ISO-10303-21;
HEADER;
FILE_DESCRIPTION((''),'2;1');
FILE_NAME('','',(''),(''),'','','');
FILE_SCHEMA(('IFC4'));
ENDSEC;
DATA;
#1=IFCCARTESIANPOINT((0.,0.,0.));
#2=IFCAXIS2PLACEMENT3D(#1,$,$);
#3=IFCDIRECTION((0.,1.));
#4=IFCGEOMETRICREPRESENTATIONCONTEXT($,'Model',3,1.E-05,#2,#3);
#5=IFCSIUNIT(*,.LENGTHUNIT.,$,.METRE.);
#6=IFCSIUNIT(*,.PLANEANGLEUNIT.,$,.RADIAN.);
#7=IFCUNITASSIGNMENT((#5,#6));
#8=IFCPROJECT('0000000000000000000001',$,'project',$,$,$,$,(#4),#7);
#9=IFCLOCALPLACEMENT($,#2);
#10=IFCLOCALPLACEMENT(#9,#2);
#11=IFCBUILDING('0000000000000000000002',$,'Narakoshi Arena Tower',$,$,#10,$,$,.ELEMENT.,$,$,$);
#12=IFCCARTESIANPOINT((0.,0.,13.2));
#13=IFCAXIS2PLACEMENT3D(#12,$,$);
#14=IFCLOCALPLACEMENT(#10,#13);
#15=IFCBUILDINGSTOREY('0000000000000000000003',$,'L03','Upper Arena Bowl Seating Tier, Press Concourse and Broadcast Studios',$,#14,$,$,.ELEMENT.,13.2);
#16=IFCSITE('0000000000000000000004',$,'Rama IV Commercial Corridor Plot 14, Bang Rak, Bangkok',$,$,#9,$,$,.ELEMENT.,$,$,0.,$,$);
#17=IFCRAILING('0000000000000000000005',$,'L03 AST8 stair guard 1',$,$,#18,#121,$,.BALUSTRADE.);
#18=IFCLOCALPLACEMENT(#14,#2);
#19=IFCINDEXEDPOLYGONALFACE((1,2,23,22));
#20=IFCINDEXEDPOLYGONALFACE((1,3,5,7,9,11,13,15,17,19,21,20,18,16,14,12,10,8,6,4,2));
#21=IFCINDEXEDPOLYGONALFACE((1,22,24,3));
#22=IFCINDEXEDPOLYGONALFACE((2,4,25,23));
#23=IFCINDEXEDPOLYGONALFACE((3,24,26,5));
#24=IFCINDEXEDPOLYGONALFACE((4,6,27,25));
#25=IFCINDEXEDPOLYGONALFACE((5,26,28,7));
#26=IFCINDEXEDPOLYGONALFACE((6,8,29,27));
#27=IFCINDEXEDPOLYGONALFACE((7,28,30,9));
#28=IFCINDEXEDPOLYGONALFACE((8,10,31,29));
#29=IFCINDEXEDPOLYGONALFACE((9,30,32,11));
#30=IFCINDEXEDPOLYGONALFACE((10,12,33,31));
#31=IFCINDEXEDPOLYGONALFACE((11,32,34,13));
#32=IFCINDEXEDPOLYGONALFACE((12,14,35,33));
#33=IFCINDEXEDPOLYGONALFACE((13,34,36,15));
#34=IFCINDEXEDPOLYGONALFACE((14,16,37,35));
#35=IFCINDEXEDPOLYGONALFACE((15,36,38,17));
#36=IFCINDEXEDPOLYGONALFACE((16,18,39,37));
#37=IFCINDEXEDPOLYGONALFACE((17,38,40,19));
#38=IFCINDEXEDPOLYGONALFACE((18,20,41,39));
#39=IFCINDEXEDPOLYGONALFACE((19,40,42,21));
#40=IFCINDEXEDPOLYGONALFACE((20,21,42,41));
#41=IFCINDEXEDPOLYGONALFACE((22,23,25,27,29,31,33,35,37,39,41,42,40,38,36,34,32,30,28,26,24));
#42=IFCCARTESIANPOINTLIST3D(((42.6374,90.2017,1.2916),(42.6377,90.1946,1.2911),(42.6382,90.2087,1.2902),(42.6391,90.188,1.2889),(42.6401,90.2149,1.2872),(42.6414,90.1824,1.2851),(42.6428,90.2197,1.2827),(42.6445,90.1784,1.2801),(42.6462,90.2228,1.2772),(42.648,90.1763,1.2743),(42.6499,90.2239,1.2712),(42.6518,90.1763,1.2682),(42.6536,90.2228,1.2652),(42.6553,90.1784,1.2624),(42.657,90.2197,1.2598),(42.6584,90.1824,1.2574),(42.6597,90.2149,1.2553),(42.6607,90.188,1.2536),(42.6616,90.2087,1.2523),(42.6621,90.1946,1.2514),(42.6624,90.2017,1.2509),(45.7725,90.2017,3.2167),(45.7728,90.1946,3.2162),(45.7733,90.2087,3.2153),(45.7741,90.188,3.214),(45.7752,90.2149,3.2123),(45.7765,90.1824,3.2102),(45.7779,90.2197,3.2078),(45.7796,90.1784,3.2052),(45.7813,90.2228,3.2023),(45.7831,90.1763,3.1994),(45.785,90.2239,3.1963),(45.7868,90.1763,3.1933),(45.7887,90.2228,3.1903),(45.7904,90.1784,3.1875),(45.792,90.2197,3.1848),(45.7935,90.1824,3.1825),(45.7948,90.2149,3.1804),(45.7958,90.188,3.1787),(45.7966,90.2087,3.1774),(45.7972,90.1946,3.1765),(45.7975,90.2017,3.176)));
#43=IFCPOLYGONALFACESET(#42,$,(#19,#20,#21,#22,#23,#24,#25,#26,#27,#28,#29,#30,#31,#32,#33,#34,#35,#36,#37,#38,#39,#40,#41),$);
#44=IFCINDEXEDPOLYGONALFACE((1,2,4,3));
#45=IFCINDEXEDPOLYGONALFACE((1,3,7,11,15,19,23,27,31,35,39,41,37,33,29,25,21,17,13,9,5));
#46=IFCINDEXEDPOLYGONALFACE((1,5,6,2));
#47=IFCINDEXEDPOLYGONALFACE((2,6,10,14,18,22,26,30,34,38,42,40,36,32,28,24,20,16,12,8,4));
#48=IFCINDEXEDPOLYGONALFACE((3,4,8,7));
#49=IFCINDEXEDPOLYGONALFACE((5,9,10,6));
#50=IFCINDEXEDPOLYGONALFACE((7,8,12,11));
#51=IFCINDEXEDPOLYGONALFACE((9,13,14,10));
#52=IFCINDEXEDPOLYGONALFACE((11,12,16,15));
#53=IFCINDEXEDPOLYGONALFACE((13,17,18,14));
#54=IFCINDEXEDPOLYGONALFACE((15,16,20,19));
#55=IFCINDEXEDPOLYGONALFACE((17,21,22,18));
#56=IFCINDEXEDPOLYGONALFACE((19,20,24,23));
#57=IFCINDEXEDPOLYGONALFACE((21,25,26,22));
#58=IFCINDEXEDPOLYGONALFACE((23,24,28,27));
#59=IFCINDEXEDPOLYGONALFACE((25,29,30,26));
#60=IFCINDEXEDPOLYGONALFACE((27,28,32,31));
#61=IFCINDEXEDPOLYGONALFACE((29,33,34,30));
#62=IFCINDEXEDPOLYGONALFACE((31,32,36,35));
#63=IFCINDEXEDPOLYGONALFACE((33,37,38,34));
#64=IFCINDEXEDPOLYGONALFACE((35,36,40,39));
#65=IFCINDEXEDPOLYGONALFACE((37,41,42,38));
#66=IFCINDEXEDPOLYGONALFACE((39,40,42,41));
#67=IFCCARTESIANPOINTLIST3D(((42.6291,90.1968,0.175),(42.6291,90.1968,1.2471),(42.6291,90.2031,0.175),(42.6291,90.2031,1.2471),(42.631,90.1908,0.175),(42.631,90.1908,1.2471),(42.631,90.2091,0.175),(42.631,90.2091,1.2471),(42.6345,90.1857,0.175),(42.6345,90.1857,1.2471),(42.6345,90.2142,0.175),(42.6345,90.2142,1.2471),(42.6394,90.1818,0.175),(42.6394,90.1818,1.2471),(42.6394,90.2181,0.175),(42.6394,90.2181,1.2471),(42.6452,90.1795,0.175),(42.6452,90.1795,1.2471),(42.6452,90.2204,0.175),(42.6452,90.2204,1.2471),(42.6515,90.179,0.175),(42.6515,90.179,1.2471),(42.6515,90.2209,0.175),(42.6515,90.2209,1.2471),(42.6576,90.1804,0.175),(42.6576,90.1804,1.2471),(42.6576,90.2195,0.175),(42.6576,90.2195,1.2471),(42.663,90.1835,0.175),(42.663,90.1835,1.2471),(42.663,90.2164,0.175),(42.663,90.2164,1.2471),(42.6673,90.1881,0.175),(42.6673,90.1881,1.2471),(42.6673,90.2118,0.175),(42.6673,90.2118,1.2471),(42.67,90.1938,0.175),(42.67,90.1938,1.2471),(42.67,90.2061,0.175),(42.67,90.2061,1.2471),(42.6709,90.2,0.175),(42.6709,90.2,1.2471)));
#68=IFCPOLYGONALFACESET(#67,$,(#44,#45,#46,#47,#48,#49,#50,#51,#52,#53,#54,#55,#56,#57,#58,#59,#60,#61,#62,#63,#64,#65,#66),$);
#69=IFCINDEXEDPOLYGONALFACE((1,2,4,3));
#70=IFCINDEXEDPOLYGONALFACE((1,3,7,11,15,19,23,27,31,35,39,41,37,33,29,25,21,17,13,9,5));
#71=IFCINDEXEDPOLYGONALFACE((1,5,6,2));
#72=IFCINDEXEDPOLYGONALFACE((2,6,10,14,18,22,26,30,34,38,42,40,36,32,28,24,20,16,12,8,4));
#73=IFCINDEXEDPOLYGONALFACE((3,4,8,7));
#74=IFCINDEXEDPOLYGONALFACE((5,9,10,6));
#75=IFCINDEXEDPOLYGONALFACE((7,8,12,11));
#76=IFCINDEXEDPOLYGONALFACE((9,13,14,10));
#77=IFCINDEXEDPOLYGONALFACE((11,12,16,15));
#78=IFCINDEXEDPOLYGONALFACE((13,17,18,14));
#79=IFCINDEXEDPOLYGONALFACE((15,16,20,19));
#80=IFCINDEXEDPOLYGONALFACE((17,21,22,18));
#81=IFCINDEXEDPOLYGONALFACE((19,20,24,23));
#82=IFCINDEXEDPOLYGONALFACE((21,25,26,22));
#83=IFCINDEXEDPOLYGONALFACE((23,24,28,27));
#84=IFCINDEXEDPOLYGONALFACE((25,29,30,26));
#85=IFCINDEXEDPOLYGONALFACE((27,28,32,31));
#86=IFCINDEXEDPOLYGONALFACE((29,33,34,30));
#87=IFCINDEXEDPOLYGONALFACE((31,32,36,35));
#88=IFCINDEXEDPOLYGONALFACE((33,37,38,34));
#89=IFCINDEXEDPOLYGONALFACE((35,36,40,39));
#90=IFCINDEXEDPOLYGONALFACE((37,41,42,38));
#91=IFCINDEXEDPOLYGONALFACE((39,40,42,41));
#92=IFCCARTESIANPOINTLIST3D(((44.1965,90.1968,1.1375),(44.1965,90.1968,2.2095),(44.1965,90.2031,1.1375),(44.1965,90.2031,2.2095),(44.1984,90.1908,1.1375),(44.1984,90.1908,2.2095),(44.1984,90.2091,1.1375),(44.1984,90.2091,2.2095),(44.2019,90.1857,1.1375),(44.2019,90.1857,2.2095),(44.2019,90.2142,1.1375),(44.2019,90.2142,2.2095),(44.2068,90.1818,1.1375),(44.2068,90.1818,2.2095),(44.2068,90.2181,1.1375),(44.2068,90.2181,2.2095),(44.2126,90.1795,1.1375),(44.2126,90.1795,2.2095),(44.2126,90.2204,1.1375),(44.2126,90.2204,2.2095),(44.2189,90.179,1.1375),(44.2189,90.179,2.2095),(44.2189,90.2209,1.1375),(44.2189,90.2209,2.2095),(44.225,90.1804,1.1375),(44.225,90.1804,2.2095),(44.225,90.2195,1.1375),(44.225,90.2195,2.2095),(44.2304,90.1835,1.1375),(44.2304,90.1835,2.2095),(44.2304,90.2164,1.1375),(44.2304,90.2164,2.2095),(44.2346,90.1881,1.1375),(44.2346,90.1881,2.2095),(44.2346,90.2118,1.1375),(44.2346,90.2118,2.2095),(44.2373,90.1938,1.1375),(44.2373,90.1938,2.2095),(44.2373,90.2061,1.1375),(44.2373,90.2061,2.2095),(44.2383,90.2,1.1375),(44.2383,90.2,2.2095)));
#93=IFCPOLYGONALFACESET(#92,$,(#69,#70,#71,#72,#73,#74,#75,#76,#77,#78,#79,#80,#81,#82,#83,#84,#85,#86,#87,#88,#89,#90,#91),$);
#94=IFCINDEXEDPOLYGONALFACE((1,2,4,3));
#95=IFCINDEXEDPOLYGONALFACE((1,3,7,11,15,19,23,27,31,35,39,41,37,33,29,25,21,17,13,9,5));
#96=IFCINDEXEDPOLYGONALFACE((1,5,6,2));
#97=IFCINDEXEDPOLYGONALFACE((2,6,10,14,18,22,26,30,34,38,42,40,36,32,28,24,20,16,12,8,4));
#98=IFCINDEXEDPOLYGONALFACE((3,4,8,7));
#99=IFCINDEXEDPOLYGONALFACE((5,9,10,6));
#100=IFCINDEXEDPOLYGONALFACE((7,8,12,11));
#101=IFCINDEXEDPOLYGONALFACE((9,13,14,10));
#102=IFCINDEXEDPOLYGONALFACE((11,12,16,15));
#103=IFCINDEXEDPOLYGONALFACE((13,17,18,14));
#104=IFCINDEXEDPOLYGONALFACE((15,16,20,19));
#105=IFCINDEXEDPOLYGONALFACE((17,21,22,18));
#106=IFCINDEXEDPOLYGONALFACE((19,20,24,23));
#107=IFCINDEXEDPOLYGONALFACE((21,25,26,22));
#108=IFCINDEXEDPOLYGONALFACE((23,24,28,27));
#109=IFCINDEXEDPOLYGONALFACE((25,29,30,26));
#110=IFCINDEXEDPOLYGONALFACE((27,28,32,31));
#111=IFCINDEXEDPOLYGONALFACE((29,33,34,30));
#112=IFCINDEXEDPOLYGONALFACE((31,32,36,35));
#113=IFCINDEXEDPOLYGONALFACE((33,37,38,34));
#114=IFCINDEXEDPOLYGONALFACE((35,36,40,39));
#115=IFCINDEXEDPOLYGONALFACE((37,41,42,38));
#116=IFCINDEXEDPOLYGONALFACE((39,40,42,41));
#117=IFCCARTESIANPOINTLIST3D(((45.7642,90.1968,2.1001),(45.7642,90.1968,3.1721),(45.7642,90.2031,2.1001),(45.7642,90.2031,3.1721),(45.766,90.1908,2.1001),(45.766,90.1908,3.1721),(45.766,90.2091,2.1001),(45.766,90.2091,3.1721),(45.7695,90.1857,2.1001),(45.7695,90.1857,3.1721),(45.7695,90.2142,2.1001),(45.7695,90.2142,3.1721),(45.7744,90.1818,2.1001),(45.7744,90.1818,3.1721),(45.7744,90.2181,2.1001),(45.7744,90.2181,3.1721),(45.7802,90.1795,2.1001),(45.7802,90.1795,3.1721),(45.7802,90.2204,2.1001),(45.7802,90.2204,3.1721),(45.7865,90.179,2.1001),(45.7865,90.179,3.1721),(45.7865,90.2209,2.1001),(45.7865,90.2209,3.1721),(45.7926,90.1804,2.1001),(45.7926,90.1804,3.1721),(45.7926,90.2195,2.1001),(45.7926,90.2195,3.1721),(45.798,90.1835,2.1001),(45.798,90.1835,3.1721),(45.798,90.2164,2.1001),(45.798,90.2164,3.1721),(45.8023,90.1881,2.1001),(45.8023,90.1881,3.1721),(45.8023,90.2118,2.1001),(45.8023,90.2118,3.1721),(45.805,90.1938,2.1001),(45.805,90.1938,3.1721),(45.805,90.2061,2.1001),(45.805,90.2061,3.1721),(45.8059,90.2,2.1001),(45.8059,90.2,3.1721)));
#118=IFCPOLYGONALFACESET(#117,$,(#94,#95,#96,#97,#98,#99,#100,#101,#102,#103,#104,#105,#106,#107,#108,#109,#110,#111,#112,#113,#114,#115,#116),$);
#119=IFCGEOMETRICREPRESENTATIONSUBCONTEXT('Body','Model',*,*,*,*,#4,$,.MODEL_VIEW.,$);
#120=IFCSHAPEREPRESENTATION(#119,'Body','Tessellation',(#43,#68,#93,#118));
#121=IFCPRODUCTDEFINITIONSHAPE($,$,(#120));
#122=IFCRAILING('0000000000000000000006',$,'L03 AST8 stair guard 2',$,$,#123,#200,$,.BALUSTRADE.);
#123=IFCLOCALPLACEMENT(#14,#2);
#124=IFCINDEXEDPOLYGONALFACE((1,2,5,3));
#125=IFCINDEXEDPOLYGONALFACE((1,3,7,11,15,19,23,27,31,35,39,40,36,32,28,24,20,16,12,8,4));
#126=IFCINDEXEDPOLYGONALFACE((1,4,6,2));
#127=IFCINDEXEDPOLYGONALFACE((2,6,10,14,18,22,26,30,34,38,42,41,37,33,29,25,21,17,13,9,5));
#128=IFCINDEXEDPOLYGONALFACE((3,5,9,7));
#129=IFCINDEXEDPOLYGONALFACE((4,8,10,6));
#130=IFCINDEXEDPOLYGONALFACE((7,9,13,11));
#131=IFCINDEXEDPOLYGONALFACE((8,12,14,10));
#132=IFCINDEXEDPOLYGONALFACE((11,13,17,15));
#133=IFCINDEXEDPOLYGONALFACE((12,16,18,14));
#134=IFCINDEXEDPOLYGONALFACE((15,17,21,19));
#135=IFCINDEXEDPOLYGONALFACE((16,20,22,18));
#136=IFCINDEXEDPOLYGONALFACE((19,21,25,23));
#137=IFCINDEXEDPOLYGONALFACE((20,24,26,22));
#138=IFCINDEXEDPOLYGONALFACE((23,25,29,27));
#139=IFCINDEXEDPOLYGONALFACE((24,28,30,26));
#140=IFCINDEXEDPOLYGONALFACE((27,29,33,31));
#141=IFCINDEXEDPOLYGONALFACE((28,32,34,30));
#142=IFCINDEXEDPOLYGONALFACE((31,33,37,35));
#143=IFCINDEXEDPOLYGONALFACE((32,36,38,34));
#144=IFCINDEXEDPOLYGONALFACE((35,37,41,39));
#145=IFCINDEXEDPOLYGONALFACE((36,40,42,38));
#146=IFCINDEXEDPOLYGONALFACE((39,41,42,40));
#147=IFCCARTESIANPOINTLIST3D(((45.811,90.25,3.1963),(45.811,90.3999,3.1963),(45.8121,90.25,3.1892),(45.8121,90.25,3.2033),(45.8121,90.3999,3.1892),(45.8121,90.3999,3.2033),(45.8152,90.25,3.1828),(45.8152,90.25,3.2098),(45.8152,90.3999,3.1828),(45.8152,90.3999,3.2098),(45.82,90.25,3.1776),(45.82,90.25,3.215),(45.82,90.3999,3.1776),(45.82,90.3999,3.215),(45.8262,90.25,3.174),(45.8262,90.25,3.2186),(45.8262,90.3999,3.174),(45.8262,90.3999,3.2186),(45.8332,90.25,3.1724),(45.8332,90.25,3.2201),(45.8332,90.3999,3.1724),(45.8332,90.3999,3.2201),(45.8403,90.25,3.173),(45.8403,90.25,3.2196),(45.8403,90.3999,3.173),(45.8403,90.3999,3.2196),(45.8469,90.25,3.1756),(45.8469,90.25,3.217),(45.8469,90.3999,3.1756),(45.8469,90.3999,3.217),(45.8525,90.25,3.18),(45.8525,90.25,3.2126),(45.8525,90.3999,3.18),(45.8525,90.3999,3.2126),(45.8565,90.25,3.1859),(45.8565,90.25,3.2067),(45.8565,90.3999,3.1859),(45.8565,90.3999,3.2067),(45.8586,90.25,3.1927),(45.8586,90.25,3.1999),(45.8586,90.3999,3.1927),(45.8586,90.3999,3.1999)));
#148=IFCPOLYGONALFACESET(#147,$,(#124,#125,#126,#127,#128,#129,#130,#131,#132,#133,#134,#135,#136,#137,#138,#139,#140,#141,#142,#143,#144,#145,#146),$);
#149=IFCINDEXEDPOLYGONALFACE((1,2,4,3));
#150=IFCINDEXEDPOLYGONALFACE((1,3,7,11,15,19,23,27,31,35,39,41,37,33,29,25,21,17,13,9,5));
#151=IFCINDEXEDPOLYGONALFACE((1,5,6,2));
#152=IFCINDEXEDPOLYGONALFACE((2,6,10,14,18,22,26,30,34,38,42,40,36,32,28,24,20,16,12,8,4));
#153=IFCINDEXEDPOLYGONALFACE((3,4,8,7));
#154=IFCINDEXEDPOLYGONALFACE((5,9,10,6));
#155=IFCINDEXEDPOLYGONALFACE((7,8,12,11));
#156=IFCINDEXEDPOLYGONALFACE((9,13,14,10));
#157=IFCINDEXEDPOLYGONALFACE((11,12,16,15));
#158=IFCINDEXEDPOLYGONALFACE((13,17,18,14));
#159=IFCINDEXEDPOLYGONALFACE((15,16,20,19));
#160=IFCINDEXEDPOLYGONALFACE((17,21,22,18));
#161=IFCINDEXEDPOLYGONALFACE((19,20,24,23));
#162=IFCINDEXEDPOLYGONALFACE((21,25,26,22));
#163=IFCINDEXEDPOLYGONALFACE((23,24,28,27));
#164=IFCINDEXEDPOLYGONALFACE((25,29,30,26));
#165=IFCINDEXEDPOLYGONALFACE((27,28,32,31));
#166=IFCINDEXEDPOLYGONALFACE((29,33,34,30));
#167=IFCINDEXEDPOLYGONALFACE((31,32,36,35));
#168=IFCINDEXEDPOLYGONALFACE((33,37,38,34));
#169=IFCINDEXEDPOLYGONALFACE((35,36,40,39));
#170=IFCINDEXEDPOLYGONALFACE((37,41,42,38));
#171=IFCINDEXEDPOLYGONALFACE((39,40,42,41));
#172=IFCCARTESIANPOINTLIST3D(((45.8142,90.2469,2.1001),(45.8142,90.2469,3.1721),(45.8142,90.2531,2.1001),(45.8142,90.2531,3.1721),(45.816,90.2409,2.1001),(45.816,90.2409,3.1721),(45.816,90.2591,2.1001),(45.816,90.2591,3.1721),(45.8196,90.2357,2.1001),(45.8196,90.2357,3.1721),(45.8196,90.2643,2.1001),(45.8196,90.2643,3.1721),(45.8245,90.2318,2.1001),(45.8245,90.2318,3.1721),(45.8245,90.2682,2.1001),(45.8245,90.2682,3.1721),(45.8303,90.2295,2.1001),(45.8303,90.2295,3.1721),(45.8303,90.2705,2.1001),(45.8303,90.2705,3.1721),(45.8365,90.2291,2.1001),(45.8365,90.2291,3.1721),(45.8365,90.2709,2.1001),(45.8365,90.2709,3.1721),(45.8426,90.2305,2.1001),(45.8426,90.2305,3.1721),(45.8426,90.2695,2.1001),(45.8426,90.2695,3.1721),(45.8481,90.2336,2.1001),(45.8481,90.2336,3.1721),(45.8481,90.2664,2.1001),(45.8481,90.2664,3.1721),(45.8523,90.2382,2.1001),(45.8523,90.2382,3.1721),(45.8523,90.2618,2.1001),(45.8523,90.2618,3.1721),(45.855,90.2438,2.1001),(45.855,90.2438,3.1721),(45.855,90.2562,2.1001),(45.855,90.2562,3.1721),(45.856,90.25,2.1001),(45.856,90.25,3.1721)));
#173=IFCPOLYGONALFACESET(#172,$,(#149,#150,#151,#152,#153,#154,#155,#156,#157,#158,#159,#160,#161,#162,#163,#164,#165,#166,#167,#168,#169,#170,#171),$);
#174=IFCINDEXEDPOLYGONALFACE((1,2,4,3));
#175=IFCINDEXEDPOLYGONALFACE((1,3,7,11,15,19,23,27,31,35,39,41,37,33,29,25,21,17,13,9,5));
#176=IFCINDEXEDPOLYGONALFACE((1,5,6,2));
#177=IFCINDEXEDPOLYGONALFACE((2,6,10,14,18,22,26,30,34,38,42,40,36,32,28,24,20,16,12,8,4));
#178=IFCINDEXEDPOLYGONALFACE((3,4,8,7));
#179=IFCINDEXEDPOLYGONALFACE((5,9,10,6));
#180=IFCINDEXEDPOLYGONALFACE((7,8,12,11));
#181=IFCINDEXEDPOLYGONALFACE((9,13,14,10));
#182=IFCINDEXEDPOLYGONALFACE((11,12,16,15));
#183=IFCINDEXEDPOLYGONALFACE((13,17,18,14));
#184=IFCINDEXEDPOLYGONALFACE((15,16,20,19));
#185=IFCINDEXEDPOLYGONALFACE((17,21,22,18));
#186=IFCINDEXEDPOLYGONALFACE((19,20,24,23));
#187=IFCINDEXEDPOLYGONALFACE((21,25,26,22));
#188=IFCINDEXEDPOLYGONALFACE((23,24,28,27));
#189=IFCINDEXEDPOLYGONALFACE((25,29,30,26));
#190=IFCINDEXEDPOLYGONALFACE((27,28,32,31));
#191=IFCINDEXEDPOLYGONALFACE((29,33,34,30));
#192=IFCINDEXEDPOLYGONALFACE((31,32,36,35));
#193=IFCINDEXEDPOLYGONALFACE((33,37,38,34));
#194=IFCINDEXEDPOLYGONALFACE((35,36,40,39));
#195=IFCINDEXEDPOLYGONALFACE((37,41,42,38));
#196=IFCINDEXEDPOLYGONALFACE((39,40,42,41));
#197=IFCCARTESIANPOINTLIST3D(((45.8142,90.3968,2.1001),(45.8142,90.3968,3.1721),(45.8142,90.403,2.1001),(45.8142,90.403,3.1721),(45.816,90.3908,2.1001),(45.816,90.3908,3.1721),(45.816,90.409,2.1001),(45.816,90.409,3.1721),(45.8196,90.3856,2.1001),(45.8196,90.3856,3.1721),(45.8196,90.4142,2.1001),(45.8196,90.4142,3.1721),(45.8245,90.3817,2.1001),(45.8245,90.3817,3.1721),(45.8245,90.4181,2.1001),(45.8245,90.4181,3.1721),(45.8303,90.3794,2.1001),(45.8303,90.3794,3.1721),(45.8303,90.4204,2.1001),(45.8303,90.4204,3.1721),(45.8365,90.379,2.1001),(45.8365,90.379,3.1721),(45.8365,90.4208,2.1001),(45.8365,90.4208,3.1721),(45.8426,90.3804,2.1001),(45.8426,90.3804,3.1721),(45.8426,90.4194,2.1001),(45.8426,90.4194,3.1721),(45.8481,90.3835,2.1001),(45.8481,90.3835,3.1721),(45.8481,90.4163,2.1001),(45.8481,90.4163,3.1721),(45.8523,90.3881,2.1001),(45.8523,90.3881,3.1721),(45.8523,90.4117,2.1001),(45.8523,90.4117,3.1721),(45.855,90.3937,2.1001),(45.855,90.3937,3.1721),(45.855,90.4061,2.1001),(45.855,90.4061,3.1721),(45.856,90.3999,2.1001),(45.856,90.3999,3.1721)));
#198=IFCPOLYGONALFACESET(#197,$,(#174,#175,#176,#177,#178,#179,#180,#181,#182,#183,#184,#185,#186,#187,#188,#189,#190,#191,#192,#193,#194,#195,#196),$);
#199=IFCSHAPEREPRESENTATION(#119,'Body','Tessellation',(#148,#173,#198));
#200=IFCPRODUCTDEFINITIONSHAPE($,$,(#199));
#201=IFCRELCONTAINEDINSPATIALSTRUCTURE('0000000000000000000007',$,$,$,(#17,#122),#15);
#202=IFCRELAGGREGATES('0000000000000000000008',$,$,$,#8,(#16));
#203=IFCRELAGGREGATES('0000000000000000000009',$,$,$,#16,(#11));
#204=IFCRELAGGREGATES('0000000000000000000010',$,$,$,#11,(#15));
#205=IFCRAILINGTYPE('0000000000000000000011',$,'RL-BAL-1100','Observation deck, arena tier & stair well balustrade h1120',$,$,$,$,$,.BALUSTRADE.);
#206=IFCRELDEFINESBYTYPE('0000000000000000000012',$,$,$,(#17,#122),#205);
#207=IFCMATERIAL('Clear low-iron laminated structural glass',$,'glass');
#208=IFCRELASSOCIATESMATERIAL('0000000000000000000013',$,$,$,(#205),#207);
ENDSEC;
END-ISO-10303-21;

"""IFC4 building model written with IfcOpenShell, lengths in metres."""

from ifc_helpers import new_model, si_unit, direction, frame, origin, origin_2d, place, context, subcontext, project, spatial, circle, extrude, material, type_object, element, save


model = new_model("IFC4")

# Units and contexts
model_context = context("Model", 3, precision=1e-05, world=origin(), true_north=direction((0.0, 1.0)))
body_context = subcontext(model_context, "Body", "Model", "MODEL_VIEW")
ifc_project = project(units=[si_unit("LENGTHUNIT", "METRE"), si_unit("PLANEANGLEUNIT", "RADIAN")], contexts=[model_context])

# Site, building, storey
site_placement = place(None, origin())
site = spatial("IfcSite", under=ifc_project, at=site_placement, Name="Rama IV Commercial Corridor Plot 14, Bang Rak, Bangkok", CompositionType="ELEMENT", RefElevation=0.0)
building_placement = place(site_placement, origin())
building = spatial("IfcBuilding", under=site, at=building_placement, Name="Narakoshi Arena Tower", CompositionType="ELEMENT")
storey_placement = place(building_placement, frame((0.0, 0.0, 13.2)))
storey = spatial("IfcBuildingStorey", under=building, at=storey_placement, Name="L03", Description="Upper Arena Bowl Seating Tier, Press Concourse and Broadcast Studios", CompositionType="ELEMENT", Elevation=13.2)

# Railings
ifc_material_1 = material(Name="Clear low-iron laminated structural glass", Category="glass")
railing_type_1 = type_object("IfcRailingType", Name="RL-BAL-1100", Description="Observation deck, arena tier & stair well balustrade h1120", PredefinedType="BALUSTRADE", material=ifc_material_1)
railing_1_placement = place(storey_placement, frame((42.6499, 90.2, 0.175)))
element("IfcRailing", 1, at=railing_1_placement, inside=storey, type_object=railing_type_1, Name="L03 AST8 stair guard 1", PredefinedType="BALUSTRADE", context=body_context, shape_type="SweptSolid", body=[
    extrude(circle(Radius=0.0239, at=origin_2d()), frame((0.0, 0.0, 1.0962), z_axis=(0.852166, 0.0, 0.523271), x_axis=(0.0, 1.0, 0.0)), (0.0, 0.0, 1.0), 3.679),
    extrude(circle(Radius=0.021, at=origin_2d()), origin(), (0.0, 0.0, 1.0), 1.072),
    extrude(circle(Radius=0.021, at=origin_2d()), frame((1.5674, 0.0, 0.9624)), (0.0, 0.0, 1.0), 1.072),
    extrude(circle(Radius=0.021, at=origin_2d()), frame((3.135, 0.0, 1.925)), (0.0, 0.0, 1.0), 1.072),
])
railing_2_placement = place(storey_placement, frame((45.835, 90.25, 2.1001)))
element("IfcRailing", 2, at=railing_2_placement, inside=storey, type_object=railing_type_1, Name="L03 AST8 stair guard 2", PredefinedType="BALUSTRADE", context=body_context, shape_type="SweptSolid", body=[
    extrude(circle(Radius=0.0239, at=origin_2d()), frame((0.0, 0.0, 1.0962), z_axis=(0.0, 1.0, 0.0), x_axis=(-1.0, 0.0, 0.0)), (0.0, 0.0, 1.0), 0.1499),
    extrude(circle(Radius=0.021, at=origin_2d()), origin(), (0.0, 0.0, 1.0), 1.072),
    extrude(circle(Radius=0.021, at=origin_2d()), frame((0.0, 0.1499, 0.0)), (0.0, 0.0, 1.0), 1.072),
])

save(model, "model.ifc")
